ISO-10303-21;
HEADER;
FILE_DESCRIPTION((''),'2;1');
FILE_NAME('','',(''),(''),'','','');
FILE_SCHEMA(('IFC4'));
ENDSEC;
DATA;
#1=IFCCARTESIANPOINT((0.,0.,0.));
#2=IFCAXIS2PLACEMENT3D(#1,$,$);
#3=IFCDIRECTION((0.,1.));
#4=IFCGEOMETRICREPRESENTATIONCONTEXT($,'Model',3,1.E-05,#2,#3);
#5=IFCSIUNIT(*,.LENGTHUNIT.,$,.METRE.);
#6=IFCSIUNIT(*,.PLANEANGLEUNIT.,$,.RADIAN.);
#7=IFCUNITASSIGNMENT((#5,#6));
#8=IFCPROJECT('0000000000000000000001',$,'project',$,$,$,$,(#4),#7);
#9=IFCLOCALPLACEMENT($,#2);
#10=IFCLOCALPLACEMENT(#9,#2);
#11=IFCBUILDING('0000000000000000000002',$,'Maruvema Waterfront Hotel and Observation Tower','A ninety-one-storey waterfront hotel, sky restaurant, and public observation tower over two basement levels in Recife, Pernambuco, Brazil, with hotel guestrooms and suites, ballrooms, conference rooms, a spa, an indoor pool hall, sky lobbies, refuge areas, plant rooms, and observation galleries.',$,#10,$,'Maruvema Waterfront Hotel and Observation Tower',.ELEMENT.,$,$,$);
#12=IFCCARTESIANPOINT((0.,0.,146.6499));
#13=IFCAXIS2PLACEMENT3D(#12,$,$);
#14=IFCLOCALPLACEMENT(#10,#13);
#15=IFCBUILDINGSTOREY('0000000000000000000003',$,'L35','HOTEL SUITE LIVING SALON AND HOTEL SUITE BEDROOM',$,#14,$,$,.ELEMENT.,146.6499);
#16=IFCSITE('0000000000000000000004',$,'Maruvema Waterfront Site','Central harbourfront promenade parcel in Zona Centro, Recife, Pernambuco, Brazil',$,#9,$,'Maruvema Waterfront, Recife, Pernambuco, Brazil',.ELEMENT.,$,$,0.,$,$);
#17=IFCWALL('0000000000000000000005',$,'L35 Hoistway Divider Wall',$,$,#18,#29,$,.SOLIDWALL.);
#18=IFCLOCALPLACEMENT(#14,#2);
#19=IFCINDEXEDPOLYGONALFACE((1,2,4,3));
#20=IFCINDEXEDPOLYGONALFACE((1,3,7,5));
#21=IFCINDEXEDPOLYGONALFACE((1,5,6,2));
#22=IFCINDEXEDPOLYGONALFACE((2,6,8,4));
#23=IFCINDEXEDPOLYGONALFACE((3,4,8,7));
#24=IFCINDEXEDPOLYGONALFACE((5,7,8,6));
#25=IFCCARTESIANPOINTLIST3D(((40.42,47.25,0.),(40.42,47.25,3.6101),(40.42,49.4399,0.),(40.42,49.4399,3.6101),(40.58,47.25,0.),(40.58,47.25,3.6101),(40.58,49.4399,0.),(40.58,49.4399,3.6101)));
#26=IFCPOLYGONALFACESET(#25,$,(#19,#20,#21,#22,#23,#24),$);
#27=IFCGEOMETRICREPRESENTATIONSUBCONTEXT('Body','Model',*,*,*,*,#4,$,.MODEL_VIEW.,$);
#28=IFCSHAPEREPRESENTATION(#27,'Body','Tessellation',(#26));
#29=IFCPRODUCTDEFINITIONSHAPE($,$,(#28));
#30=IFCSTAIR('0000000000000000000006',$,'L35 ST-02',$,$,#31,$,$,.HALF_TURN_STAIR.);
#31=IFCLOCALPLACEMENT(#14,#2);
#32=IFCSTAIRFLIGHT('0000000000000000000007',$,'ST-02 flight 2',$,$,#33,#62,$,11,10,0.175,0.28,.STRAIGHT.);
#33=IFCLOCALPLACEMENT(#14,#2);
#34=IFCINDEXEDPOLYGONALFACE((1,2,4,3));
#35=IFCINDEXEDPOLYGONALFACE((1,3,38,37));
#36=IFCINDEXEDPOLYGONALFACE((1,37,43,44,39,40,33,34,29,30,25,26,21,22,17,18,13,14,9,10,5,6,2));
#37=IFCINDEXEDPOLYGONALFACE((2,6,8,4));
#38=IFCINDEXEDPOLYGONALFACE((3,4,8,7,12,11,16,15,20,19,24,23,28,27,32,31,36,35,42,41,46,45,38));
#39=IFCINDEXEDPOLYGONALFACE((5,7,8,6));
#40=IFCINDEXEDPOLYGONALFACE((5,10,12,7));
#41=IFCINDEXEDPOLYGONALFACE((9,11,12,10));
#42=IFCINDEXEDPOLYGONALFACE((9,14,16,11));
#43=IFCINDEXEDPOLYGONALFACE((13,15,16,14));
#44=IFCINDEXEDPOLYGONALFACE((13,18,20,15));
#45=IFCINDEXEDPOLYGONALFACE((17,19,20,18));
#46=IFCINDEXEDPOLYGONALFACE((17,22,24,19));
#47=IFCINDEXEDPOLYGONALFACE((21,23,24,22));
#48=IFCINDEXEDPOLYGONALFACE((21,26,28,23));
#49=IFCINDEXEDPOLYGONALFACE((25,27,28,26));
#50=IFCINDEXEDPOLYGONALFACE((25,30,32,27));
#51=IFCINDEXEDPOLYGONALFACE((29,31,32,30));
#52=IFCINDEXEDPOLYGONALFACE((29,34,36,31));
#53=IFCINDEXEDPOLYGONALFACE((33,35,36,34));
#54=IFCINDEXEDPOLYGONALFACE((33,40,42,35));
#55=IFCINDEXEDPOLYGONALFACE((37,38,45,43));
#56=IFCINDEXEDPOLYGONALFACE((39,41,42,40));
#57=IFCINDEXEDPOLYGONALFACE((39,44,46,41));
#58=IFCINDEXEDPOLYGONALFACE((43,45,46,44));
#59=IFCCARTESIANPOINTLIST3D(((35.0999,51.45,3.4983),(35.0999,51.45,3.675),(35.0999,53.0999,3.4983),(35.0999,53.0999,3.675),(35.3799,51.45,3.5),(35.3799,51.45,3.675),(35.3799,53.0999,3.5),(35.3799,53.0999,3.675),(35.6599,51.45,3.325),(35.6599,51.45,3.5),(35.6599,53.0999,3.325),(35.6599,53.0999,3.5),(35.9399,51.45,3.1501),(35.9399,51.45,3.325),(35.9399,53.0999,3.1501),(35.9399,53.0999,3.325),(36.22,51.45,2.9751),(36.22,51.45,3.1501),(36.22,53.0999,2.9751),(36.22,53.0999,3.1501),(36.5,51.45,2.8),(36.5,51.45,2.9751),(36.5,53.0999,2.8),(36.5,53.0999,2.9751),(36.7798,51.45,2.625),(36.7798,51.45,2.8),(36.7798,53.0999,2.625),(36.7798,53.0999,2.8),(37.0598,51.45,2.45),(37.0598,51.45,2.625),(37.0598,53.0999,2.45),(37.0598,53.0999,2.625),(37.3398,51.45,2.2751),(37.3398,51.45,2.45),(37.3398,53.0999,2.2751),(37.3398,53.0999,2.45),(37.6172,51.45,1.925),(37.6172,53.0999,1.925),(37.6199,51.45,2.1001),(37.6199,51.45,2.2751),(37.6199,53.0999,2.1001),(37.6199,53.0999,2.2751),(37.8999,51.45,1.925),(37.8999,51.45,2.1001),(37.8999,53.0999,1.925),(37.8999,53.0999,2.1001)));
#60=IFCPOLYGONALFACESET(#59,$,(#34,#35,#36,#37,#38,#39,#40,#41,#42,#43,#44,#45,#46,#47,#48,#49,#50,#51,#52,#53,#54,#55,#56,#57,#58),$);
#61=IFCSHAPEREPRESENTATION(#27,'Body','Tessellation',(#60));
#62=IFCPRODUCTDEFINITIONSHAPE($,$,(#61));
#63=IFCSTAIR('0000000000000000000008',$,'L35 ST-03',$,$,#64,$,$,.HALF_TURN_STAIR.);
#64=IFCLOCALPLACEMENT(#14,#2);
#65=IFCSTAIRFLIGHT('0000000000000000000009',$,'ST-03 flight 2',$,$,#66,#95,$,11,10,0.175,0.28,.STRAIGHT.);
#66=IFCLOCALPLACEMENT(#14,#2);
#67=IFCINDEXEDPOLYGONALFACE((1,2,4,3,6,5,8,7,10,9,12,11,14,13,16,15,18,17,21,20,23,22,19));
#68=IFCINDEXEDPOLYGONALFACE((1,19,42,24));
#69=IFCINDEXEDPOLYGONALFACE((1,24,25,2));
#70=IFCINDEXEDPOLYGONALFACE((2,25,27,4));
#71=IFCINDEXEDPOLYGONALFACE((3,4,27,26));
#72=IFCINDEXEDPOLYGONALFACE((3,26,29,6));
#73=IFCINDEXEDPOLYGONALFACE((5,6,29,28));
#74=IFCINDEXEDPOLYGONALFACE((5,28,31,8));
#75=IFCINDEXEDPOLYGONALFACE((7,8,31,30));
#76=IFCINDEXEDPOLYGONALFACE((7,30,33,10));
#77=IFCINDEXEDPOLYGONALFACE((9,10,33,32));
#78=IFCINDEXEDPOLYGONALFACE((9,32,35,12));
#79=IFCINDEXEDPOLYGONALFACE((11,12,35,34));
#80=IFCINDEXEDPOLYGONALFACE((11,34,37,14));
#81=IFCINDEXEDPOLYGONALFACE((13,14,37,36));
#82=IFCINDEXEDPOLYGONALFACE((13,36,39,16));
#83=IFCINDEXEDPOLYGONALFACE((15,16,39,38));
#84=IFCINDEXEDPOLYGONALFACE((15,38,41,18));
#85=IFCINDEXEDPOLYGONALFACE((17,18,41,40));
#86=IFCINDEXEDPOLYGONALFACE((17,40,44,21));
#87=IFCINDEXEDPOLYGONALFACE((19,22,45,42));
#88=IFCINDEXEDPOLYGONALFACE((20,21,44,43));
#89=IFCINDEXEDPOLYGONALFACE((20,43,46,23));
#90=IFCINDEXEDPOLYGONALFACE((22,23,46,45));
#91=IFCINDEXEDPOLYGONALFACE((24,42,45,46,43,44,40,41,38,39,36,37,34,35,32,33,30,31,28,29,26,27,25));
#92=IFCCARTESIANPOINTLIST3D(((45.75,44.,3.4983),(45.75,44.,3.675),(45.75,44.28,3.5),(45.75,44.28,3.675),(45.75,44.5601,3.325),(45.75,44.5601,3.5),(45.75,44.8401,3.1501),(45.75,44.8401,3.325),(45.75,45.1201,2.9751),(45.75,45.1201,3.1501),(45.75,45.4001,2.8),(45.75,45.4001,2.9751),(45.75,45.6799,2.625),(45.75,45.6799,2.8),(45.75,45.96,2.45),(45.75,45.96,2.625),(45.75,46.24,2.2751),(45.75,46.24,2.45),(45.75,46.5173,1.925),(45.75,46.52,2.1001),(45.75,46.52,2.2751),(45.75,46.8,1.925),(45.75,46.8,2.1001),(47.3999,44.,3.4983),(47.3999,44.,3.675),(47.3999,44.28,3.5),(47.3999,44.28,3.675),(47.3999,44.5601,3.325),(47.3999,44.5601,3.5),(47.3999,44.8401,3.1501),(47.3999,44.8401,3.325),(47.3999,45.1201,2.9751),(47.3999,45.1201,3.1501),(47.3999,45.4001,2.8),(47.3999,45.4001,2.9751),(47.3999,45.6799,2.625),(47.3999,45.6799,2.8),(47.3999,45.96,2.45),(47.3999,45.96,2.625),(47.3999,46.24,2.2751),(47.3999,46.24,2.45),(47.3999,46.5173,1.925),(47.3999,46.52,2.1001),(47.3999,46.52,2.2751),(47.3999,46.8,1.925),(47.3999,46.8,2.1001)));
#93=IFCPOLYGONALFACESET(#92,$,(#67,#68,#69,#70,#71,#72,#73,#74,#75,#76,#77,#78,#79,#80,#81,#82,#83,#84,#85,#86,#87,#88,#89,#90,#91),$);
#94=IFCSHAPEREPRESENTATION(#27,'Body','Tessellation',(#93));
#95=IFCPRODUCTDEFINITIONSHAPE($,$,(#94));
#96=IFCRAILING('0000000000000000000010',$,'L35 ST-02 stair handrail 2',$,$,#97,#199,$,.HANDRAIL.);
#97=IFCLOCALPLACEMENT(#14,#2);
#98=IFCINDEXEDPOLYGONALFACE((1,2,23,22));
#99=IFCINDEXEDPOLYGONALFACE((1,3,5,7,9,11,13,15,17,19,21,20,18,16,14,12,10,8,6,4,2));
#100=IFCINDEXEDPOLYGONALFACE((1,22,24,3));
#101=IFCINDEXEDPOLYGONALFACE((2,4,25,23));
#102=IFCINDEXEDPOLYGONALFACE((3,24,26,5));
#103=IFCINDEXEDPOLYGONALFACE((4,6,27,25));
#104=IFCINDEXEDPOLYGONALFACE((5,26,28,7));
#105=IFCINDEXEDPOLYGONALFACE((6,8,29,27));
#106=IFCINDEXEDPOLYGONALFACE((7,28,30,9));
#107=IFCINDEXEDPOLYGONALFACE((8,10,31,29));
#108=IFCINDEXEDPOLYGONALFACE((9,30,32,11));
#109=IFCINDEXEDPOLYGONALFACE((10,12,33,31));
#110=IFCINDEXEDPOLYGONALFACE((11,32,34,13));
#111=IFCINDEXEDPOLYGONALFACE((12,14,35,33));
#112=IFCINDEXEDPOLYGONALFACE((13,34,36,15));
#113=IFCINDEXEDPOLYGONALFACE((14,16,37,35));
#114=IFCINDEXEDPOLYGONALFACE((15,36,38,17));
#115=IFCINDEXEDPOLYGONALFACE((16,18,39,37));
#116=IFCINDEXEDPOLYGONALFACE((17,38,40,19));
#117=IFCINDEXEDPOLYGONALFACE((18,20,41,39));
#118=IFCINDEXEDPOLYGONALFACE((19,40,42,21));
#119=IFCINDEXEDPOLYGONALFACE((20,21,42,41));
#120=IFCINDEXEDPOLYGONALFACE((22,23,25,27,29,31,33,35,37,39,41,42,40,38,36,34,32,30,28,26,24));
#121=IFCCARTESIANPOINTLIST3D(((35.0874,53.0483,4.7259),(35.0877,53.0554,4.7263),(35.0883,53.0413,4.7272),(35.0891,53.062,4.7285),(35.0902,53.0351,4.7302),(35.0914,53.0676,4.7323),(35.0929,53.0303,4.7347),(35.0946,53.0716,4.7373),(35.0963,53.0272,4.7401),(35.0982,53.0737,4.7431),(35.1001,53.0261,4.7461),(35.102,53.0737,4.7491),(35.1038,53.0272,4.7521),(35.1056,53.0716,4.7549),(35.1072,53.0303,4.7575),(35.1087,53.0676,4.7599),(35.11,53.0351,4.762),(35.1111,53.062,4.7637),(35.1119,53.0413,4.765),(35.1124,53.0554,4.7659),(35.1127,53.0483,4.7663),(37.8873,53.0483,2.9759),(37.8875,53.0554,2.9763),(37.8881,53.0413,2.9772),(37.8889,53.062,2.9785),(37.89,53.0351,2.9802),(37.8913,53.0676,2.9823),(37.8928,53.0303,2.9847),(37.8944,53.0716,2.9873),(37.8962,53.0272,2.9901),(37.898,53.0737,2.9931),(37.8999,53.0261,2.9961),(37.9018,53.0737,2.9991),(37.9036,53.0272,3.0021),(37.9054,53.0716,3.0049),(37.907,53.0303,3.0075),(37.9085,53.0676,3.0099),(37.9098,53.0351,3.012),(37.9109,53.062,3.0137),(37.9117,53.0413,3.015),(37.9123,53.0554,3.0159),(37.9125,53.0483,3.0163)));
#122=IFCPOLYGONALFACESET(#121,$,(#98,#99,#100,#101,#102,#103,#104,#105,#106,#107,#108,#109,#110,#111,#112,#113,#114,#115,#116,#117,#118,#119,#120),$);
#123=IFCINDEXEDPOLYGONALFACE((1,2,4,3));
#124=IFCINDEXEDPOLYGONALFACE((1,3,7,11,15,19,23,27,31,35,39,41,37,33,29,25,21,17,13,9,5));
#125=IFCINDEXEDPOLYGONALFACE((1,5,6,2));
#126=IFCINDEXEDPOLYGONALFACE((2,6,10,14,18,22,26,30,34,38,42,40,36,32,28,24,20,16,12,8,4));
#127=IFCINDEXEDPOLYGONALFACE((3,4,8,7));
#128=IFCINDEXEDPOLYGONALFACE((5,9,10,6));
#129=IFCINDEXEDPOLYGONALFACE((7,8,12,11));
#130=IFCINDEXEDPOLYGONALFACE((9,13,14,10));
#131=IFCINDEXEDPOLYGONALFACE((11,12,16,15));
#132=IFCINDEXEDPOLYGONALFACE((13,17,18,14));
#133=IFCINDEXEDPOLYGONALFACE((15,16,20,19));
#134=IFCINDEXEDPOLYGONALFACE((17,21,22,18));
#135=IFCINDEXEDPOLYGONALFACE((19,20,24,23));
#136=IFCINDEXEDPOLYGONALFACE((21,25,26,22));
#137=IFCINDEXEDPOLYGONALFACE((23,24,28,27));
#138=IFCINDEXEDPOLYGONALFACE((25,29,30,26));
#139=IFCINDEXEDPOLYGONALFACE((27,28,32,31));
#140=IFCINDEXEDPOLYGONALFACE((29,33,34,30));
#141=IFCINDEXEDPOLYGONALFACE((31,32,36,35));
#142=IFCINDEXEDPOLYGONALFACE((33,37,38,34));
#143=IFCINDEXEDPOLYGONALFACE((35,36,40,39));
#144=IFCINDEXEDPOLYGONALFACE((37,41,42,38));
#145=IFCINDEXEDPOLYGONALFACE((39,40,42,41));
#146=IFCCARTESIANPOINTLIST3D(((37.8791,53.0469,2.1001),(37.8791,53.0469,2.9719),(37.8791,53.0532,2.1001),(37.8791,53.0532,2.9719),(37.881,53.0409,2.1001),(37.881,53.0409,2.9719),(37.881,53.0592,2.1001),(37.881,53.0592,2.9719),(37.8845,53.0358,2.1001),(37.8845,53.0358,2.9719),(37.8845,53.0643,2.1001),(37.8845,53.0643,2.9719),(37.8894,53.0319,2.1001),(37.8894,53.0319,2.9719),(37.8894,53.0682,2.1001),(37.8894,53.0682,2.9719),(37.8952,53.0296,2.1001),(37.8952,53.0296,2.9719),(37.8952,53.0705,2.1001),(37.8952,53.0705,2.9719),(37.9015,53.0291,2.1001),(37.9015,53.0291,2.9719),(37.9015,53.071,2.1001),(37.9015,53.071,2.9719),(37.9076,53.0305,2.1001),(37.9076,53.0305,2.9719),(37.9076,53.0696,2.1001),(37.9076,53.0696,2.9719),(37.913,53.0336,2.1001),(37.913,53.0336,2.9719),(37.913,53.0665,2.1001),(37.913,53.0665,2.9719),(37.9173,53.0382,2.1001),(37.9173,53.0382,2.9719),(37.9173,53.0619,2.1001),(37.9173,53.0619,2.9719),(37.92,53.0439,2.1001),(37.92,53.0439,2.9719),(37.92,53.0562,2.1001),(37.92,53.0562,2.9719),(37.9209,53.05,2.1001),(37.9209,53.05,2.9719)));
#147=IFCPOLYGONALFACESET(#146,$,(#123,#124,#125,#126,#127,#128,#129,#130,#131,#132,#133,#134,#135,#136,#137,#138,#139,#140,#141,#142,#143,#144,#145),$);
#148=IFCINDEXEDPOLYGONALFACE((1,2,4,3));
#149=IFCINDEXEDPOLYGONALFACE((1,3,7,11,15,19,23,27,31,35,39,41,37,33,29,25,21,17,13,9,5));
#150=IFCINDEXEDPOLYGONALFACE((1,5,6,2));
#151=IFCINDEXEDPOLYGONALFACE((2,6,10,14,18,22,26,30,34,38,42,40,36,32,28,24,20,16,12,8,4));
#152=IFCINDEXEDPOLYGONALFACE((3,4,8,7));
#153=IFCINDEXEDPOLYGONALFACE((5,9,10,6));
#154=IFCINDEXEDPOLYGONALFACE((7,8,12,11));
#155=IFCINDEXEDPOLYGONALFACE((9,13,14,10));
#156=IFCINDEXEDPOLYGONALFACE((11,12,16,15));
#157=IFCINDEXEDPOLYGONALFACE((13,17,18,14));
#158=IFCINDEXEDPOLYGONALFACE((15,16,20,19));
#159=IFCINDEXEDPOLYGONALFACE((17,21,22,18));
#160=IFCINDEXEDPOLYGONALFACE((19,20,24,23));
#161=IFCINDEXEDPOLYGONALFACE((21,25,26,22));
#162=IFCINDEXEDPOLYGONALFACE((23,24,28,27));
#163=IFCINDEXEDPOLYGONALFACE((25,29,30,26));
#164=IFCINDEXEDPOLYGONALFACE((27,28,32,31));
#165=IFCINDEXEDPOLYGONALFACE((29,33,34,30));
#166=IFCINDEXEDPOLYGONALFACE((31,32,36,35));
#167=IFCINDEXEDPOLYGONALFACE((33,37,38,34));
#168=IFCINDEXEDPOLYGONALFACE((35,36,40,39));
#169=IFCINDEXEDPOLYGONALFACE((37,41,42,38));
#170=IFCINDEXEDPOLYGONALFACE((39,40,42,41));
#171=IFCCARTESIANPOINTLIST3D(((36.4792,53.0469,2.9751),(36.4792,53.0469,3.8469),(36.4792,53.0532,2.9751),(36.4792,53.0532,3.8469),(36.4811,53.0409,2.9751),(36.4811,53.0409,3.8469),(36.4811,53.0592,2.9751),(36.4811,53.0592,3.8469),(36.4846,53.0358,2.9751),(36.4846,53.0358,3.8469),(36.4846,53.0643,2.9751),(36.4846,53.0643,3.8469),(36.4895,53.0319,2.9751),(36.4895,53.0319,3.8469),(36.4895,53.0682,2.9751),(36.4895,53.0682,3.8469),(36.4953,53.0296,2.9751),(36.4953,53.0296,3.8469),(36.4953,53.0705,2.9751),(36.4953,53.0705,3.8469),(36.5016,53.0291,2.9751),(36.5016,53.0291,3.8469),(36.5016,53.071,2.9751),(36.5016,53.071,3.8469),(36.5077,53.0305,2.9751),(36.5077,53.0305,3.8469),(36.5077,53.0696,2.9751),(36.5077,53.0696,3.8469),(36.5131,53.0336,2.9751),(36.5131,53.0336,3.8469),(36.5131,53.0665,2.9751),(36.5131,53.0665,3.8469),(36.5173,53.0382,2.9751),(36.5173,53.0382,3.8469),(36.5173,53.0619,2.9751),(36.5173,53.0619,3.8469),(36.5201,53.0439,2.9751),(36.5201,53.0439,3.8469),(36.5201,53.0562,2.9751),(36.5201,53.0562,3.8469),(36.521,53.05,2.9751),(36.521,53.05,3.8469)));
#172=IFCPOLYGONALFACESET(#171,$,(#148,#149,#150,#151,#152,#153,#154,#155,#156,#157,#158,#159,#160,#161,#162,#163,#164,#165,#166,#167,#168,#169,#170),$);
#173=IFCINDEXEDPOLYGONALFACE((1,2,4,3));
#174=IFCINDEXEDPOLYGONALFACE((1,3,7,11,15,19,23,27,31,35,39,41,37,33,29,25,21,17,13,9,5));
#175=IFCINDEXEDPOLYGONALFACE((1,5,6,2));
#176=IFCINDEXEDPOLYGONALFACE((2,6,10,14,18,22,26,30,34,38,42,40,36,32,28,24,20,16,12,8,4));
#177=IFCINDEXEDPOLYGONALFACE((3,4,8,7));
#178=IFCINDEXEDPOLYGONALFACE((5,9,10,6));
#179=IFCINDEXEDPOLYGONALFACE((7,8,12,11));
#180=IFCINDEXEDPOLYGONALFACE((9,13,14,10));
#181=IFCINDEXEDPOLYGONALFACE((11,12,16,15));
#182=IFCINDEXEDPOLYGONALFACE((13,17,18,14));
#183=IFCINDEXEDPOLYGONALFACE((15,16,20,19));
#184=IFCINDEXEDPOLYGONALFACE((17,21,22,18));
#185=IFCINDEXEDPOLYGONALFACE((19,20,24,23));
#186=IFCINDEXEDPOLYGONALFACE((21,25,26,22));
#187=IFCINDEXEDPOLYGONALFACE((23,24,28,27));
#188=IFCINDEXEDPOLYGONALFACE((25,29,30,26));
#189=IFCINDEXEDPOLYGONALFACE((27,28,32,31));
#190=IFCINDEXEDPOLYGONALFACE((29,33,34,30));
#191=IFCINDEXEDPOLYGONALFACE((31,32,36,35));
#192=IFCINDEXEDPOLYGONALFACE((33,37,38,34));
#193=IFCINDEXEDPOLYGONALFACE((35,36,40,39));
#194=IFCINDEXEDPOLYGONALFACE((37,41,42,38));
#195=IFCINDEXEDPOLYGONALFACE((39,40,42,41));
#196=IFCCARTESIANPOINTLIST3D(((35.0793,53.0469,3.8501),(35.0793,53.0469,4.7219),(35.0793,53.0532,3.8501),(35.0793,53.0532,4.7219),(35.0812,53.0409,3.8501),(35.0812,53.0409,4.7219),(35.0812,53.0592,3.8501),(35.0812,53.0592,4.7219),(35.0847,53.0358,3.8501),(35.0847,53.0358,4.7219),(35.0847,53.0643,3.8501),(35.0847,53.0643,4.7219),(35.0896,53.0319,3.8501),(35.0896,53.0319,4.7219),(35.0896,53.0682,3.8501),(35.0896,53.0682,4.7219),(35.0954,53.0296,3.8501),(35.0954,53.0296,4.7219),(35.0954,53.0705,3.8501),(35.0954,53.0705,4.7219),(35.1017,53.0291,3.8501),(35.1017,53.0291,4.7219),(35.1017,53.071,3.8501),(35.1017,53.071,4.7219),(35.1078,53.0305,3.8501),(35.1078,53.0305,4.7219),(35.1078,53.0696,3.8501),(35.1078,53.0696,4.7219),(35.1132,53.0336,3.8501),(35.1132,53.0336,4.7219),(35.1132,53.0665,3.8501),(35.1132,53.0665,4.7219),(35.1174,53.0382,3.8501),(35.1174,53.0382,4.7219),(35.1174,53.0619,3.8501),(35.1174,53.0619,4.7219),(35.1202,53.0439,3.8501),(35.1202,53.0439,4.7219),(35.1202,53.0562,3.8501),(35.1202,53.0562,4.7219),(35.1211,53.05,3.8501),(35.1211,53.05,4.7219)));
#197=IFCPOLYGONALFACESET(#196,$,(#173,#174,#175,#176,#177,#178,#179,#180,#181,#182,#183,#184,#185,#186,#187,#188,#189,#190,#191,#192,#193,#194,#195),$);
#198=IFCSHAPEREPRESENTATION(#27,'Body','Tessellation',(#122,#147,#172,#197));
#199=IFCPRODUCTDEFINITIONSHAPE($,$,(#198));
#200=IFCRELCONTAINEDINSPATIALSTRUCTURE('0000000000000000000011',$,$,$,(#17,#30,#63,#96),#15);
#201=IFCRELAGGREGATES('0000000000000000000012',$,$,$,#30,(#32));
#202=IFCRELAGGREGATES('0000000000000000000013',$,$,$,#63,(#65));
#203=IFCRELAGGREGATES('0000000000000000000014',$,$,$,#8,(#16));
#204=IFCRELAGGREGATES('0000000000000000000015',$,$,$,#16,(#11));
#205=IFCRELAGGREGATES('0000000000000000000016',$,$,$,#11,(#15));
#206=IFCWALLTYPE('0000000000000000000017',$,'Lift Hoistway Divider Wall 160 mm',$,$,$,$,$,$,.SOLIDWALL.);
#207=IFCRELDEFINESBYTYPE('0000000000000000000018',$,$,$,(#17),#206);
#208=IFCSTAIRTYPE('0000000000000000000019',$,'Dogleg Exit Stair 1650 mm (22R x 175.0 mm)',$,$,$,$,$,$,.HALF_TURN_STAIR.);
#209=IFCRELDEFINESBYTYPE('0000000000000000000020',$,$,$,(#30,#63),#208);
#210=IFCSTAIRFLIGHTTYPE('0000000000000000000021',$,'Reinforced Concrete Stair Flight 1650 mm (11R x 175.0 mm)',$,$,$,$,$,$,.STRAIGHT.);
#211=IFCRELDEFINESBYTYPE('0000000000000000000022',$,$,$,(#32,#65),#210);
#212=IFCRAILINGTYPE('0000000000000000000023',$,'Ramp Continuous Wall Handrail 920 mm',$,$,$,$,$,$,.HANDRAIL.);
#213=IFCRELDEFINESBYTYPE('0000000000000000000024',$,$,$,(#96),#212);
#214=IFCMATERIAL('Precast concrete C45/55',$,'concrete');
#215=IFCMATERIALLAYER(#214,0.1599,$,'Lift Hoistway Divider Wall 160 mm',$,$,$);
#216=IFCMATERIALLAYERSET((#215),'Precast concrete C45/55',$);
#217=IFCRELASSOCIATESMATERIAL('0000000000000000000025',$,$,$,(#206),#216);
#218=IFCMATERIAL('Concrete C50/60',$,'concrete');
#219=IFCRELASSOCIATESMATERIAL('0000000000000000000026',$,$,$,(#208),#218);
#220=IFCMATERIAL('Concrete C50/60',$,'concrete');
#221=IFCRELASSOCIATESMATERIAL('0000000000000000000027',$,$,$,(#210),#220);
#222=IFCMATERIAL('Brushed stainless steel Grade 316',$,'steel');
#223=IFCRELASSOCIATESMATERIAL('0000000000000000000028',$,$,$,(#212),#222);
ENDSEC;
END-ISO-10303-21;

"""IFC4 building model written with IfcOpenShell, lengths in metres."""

from ifc_helpers import new_model, si_unit, direction, frame, frame_2d, origin, origin_2d, place, context, subcontext, project, spatial, polyline, rectangle, circle, outline, extrude, material, layer, layer_set, type_object, element, aggregate, save


model = new_model("IFC4")

# Units and contexts
model_context = context("Model", 3, precision=1e-05, world=origin(), true_north=direction((0.0, 1.0)))
body_context = subcontext(model_context, "Body", "Model", "MODEL_VIEW")
ifc_project = project(units=[si_unit("LENGTHUNIT", "METRE"), si_unit("PLANEANGLEUNIT", "RADIAN")], contexts=[model_context])

# Site, building, storey
site_placement = place(None, origin())
site = spatial("IfcSite", under=ifc_project, at=site_placement, Name="Maruvema Waterfront Site", Description="Central harbourfront promenade parcel in Zona Centro, Recife, Pernambuco, Brazil", LongName="Maruvema Waterfront, Recife, Pernambuco, Brazil", CompositionType="ELEMENT", RefElevation=0.0)
building_placement = place(site_placement, origin())
building = spatial("IfcBuilding", under=site, at=building_placement, Name="Maruvema Waterfront Hotel and Observation Tower", Description="A ninety-one-storey waterfront hotel, sky restaurant, and public observation tower over two basement levels in Recife, Pernambuco, Brazil, with hotel guestrooms and suites, ballrooms, conference rooms, a spa, an indoor pool hall, sky lobbies, refuge areas, plant rooms, and observation galleries.", LongName="Maruvema Waterfront Hotel and Observation Tower", CompositionType="ELEMENT")
storey_placement = place(building_placement, frame((0.0, 0.0, 146.6499)))
storey = spatial("IfcBuildingStorey", under=building, at=storey_placement, Name="L35", Description="HOTEL SUITE LIVING SALON AND HOTEL SUITE BEDROOM", CompositionType="ELEMENT", Elevation=146.6499)

# Wall
ifc_material_1 = material(Name="Precast concrete C45/55", Category="concrete")
ifc_layer_1 = layer(ifc_material_1, 0.1599, Name="Lift Hoistway Divider Wall 160 mm")
ifc_layer_set_1 = layer_set([ifc_layer_1], Name="Precast concrete C45/55")
wall_type_1 = type_object("IfcWallType", Name="Lift Hoistway Divider Wall 160 mm", PredefinedType="SOLIDWALL", material=ifc_layer_set_1)
for number, where, z_axis, x_axis, name in (
    (1, (40.5, 47.25, 0.0), (0.0, 0.0, 1.0), (0.0, 1.0, 0.0), "L35 Hoistway Divider Wall"),
):
    element("IfcWall", number, at=place(storey_placement, frame(where, z_axis=z_axis, x_axis=x_axis)), inside=storey, type_object=wall_type_1, Name=name, PredefinedType="SOLIDWALL", context=body_context, shape_type="SweptSolid", body=[
        extrude(rectangle(XDim=2.1899, YDim=0.1599, at=frame_2d((1.095, 0.0))), origin(), (0.0, 0.0, 1.0), 3.6101),
    ])

# Stairs, stair flights
ifc_material_2 = material(Name="Concrete C50/60", Category="concrete")
stair_type = type_object("IfcStairType", Name="Dogleg Exit Stair 1650 mm (22R x 175.0 mm)", PredefinedType="HALF_TURN_STAIR", material=ifc_material_2)
stair_1_placement = place(storey_placement, origin())
stair_1 = element("IfcStair", 2, at=stair_1_placement, inside=storey, type_object=stair_type, Name="L35 ST-02", PredefinedType="HALF_TURN_STAIR")
ifc_material_3 = material(Name="Concrete C50/60", Category="concrete")
stair_flight_type = type_object("IfcStairFlightType", Name="Reinforced Concrete Stair Flight 1650 mm (11R x 175.0 mm)", PredefinedType="STRAIGHT", material=ifc_material_3)
stair_flight_1_placement = place(storey_placement, frame((37.8999, 52.2749, 1.925), z_axis=(0.0, 0.0, 1.0), x_axis=(-1.0, 0.0, 0.0)))
stair_flight_1 = element("IfcStairFlight", 3, at=stair_flight_1_placement, type_object=stair_flight_type, Name="ST-02 flight 2", NumberOfRisers=11, NumberOfTreads=10, PredefinedType="STRAIGHT", RiserHeight=0.175, TreadLength=0.28, context=body_context, shape_type="SweptSolid", body=[
    extrude(outline(polyline([(0.0, 0.0), (0.0, 0.175), (0.28, 0.175), (0.28, 0.3501), (0.5601, 0.3501), (0.5601, 0.5249), (0.8401, 0.5249), (0.8401, 0.7), (1.1201, 0.7), (1.1201, 0.875), (1.3999, 0.875), (1.3999, 1.05), (1.6799, 1.05), (1.6799, 1.2251), (1.96, 1.2251), (1.96, 1.3999), (2.24, 1.3999), (2.24, 1.575), (2.52, 1.575), (2.52, 1.75), (2.8, 1.75), (2.8, 1.925), (2.8, 1.5732), (0.2827, 0.0), (0.0, 0.0)])), frame((0.0, 0.825, 0.0), z_axis=(0.0, -1.0, 0.0), x_axis=(1.0, 0.0, 0.0)), (0.0, 0.0, 1.0), 1.6499),
])
aggregate(stair_1, [stair_flight_1])
stair_2_placement = place(storey_placement, origin())
stair_2 = element("IfcStair", 4, at=stair_2_placement, inside=storey, type_object=stair_type, Name="L35 ST-03", PredefinedType="HALF_TURN_STAIR")
stair_flight_2_placement = place(storey_placement, frame((46.575, 46.8, 1.925), z_axis=(0.0, 0.0, 1.0), x_axis=(0.0, -1.0, 0.0)))
stair_flight_2 = element("IfcStairFlight", 5, at=stair_flight_2_placement, type_object=stair_flight_type, Name="ST-03 flight 2", NumberOfRisers=11, NumberOfTreads=10, PredefinedType="STRAIGHT", RiserHeight=0.175, TreadLength=0.28, context=body_context, shape_type="SweptSolid", body=[
    extrude(outline(polyline([(0.0, 0.0), (0.0, 0.175), (0.28, 0.175), (0.28, 0.3501), (0.5601, 0.3501), (0.5601, 0.5249), (0.8401, 0.5249), (0.8401, 0.7), (1.1201, 0.7), (1.1201, 0.875), (1.3999, 0.875), (1.3999, 1.05), (1.6799, 1.05), (1.6799, 1.2251), (1.96, 1.2251), (1.96, 1.3999), (2.24, 1.3999), (2.24, 1.575), (2.52, 1.575), (2.52, 1.75), (2.8, 1.75), (2.8, 1.925), (2.8, 1.5732), (0.2827, 0.0), (0.0, 0.0)])), frame((0.0, 0.825, 0.0), z_axis=(0.0, -1.0, 0.0), x_axis=(1.0, 0.0, 0.0)), (0.0, 0.0, 1.0), 1.6499),
])
aggregate(stair_2, [stair_flight_2])

# Railing
ifc_material_4 = material(Name="Brushed stainless steel Grade 316", Category="steel")
railing_type_1 = type_object("IfcRailingType", Name="Ramp Continuous Wall Handrail 920 mm", PredefinedType="HANDRAIL", material=ifc_material_4)
railing_1_placement = place(storey_placement, frame((37.8999, 53.05, 2.1001)))
element("IfcRailing", 6, at=railing_1_placement, inside=storey, type_object=railing_type_1, Name="L35 ST-02 stair handrail 2", PredefinedType="HANDRAIL", context=body_context, shape_type="SweptSolid", body=[
    extrude(circle(Radius=0.0239, at=origin_2d()), frame((0.0, 0.0, 0.896), z_axis=(-0.847982, 0.0, 0.530026), x_axis=(0.0, -1.0, 0.0)), (0.0, 0.0, 1.0), 3.3018),
    extrude(circle(Radius=0.021, at=origin_2d()), origin(), (0.0, 0.0, 1.0), 0.8718),
    extrude(circle(Radius=0.021, at=origin_2d()), frame((-1.3999, 0.0, 0.875)), (0.0, 0.0, 1.0), 0.8718),
    extrude(circle(Radius=0.021, at=origin_2d()), frame((-2.7998, 0.0, 1.75)), (0.0, 0.0, 1.0), 0.8718),
])

save(model, "model.ifc")
